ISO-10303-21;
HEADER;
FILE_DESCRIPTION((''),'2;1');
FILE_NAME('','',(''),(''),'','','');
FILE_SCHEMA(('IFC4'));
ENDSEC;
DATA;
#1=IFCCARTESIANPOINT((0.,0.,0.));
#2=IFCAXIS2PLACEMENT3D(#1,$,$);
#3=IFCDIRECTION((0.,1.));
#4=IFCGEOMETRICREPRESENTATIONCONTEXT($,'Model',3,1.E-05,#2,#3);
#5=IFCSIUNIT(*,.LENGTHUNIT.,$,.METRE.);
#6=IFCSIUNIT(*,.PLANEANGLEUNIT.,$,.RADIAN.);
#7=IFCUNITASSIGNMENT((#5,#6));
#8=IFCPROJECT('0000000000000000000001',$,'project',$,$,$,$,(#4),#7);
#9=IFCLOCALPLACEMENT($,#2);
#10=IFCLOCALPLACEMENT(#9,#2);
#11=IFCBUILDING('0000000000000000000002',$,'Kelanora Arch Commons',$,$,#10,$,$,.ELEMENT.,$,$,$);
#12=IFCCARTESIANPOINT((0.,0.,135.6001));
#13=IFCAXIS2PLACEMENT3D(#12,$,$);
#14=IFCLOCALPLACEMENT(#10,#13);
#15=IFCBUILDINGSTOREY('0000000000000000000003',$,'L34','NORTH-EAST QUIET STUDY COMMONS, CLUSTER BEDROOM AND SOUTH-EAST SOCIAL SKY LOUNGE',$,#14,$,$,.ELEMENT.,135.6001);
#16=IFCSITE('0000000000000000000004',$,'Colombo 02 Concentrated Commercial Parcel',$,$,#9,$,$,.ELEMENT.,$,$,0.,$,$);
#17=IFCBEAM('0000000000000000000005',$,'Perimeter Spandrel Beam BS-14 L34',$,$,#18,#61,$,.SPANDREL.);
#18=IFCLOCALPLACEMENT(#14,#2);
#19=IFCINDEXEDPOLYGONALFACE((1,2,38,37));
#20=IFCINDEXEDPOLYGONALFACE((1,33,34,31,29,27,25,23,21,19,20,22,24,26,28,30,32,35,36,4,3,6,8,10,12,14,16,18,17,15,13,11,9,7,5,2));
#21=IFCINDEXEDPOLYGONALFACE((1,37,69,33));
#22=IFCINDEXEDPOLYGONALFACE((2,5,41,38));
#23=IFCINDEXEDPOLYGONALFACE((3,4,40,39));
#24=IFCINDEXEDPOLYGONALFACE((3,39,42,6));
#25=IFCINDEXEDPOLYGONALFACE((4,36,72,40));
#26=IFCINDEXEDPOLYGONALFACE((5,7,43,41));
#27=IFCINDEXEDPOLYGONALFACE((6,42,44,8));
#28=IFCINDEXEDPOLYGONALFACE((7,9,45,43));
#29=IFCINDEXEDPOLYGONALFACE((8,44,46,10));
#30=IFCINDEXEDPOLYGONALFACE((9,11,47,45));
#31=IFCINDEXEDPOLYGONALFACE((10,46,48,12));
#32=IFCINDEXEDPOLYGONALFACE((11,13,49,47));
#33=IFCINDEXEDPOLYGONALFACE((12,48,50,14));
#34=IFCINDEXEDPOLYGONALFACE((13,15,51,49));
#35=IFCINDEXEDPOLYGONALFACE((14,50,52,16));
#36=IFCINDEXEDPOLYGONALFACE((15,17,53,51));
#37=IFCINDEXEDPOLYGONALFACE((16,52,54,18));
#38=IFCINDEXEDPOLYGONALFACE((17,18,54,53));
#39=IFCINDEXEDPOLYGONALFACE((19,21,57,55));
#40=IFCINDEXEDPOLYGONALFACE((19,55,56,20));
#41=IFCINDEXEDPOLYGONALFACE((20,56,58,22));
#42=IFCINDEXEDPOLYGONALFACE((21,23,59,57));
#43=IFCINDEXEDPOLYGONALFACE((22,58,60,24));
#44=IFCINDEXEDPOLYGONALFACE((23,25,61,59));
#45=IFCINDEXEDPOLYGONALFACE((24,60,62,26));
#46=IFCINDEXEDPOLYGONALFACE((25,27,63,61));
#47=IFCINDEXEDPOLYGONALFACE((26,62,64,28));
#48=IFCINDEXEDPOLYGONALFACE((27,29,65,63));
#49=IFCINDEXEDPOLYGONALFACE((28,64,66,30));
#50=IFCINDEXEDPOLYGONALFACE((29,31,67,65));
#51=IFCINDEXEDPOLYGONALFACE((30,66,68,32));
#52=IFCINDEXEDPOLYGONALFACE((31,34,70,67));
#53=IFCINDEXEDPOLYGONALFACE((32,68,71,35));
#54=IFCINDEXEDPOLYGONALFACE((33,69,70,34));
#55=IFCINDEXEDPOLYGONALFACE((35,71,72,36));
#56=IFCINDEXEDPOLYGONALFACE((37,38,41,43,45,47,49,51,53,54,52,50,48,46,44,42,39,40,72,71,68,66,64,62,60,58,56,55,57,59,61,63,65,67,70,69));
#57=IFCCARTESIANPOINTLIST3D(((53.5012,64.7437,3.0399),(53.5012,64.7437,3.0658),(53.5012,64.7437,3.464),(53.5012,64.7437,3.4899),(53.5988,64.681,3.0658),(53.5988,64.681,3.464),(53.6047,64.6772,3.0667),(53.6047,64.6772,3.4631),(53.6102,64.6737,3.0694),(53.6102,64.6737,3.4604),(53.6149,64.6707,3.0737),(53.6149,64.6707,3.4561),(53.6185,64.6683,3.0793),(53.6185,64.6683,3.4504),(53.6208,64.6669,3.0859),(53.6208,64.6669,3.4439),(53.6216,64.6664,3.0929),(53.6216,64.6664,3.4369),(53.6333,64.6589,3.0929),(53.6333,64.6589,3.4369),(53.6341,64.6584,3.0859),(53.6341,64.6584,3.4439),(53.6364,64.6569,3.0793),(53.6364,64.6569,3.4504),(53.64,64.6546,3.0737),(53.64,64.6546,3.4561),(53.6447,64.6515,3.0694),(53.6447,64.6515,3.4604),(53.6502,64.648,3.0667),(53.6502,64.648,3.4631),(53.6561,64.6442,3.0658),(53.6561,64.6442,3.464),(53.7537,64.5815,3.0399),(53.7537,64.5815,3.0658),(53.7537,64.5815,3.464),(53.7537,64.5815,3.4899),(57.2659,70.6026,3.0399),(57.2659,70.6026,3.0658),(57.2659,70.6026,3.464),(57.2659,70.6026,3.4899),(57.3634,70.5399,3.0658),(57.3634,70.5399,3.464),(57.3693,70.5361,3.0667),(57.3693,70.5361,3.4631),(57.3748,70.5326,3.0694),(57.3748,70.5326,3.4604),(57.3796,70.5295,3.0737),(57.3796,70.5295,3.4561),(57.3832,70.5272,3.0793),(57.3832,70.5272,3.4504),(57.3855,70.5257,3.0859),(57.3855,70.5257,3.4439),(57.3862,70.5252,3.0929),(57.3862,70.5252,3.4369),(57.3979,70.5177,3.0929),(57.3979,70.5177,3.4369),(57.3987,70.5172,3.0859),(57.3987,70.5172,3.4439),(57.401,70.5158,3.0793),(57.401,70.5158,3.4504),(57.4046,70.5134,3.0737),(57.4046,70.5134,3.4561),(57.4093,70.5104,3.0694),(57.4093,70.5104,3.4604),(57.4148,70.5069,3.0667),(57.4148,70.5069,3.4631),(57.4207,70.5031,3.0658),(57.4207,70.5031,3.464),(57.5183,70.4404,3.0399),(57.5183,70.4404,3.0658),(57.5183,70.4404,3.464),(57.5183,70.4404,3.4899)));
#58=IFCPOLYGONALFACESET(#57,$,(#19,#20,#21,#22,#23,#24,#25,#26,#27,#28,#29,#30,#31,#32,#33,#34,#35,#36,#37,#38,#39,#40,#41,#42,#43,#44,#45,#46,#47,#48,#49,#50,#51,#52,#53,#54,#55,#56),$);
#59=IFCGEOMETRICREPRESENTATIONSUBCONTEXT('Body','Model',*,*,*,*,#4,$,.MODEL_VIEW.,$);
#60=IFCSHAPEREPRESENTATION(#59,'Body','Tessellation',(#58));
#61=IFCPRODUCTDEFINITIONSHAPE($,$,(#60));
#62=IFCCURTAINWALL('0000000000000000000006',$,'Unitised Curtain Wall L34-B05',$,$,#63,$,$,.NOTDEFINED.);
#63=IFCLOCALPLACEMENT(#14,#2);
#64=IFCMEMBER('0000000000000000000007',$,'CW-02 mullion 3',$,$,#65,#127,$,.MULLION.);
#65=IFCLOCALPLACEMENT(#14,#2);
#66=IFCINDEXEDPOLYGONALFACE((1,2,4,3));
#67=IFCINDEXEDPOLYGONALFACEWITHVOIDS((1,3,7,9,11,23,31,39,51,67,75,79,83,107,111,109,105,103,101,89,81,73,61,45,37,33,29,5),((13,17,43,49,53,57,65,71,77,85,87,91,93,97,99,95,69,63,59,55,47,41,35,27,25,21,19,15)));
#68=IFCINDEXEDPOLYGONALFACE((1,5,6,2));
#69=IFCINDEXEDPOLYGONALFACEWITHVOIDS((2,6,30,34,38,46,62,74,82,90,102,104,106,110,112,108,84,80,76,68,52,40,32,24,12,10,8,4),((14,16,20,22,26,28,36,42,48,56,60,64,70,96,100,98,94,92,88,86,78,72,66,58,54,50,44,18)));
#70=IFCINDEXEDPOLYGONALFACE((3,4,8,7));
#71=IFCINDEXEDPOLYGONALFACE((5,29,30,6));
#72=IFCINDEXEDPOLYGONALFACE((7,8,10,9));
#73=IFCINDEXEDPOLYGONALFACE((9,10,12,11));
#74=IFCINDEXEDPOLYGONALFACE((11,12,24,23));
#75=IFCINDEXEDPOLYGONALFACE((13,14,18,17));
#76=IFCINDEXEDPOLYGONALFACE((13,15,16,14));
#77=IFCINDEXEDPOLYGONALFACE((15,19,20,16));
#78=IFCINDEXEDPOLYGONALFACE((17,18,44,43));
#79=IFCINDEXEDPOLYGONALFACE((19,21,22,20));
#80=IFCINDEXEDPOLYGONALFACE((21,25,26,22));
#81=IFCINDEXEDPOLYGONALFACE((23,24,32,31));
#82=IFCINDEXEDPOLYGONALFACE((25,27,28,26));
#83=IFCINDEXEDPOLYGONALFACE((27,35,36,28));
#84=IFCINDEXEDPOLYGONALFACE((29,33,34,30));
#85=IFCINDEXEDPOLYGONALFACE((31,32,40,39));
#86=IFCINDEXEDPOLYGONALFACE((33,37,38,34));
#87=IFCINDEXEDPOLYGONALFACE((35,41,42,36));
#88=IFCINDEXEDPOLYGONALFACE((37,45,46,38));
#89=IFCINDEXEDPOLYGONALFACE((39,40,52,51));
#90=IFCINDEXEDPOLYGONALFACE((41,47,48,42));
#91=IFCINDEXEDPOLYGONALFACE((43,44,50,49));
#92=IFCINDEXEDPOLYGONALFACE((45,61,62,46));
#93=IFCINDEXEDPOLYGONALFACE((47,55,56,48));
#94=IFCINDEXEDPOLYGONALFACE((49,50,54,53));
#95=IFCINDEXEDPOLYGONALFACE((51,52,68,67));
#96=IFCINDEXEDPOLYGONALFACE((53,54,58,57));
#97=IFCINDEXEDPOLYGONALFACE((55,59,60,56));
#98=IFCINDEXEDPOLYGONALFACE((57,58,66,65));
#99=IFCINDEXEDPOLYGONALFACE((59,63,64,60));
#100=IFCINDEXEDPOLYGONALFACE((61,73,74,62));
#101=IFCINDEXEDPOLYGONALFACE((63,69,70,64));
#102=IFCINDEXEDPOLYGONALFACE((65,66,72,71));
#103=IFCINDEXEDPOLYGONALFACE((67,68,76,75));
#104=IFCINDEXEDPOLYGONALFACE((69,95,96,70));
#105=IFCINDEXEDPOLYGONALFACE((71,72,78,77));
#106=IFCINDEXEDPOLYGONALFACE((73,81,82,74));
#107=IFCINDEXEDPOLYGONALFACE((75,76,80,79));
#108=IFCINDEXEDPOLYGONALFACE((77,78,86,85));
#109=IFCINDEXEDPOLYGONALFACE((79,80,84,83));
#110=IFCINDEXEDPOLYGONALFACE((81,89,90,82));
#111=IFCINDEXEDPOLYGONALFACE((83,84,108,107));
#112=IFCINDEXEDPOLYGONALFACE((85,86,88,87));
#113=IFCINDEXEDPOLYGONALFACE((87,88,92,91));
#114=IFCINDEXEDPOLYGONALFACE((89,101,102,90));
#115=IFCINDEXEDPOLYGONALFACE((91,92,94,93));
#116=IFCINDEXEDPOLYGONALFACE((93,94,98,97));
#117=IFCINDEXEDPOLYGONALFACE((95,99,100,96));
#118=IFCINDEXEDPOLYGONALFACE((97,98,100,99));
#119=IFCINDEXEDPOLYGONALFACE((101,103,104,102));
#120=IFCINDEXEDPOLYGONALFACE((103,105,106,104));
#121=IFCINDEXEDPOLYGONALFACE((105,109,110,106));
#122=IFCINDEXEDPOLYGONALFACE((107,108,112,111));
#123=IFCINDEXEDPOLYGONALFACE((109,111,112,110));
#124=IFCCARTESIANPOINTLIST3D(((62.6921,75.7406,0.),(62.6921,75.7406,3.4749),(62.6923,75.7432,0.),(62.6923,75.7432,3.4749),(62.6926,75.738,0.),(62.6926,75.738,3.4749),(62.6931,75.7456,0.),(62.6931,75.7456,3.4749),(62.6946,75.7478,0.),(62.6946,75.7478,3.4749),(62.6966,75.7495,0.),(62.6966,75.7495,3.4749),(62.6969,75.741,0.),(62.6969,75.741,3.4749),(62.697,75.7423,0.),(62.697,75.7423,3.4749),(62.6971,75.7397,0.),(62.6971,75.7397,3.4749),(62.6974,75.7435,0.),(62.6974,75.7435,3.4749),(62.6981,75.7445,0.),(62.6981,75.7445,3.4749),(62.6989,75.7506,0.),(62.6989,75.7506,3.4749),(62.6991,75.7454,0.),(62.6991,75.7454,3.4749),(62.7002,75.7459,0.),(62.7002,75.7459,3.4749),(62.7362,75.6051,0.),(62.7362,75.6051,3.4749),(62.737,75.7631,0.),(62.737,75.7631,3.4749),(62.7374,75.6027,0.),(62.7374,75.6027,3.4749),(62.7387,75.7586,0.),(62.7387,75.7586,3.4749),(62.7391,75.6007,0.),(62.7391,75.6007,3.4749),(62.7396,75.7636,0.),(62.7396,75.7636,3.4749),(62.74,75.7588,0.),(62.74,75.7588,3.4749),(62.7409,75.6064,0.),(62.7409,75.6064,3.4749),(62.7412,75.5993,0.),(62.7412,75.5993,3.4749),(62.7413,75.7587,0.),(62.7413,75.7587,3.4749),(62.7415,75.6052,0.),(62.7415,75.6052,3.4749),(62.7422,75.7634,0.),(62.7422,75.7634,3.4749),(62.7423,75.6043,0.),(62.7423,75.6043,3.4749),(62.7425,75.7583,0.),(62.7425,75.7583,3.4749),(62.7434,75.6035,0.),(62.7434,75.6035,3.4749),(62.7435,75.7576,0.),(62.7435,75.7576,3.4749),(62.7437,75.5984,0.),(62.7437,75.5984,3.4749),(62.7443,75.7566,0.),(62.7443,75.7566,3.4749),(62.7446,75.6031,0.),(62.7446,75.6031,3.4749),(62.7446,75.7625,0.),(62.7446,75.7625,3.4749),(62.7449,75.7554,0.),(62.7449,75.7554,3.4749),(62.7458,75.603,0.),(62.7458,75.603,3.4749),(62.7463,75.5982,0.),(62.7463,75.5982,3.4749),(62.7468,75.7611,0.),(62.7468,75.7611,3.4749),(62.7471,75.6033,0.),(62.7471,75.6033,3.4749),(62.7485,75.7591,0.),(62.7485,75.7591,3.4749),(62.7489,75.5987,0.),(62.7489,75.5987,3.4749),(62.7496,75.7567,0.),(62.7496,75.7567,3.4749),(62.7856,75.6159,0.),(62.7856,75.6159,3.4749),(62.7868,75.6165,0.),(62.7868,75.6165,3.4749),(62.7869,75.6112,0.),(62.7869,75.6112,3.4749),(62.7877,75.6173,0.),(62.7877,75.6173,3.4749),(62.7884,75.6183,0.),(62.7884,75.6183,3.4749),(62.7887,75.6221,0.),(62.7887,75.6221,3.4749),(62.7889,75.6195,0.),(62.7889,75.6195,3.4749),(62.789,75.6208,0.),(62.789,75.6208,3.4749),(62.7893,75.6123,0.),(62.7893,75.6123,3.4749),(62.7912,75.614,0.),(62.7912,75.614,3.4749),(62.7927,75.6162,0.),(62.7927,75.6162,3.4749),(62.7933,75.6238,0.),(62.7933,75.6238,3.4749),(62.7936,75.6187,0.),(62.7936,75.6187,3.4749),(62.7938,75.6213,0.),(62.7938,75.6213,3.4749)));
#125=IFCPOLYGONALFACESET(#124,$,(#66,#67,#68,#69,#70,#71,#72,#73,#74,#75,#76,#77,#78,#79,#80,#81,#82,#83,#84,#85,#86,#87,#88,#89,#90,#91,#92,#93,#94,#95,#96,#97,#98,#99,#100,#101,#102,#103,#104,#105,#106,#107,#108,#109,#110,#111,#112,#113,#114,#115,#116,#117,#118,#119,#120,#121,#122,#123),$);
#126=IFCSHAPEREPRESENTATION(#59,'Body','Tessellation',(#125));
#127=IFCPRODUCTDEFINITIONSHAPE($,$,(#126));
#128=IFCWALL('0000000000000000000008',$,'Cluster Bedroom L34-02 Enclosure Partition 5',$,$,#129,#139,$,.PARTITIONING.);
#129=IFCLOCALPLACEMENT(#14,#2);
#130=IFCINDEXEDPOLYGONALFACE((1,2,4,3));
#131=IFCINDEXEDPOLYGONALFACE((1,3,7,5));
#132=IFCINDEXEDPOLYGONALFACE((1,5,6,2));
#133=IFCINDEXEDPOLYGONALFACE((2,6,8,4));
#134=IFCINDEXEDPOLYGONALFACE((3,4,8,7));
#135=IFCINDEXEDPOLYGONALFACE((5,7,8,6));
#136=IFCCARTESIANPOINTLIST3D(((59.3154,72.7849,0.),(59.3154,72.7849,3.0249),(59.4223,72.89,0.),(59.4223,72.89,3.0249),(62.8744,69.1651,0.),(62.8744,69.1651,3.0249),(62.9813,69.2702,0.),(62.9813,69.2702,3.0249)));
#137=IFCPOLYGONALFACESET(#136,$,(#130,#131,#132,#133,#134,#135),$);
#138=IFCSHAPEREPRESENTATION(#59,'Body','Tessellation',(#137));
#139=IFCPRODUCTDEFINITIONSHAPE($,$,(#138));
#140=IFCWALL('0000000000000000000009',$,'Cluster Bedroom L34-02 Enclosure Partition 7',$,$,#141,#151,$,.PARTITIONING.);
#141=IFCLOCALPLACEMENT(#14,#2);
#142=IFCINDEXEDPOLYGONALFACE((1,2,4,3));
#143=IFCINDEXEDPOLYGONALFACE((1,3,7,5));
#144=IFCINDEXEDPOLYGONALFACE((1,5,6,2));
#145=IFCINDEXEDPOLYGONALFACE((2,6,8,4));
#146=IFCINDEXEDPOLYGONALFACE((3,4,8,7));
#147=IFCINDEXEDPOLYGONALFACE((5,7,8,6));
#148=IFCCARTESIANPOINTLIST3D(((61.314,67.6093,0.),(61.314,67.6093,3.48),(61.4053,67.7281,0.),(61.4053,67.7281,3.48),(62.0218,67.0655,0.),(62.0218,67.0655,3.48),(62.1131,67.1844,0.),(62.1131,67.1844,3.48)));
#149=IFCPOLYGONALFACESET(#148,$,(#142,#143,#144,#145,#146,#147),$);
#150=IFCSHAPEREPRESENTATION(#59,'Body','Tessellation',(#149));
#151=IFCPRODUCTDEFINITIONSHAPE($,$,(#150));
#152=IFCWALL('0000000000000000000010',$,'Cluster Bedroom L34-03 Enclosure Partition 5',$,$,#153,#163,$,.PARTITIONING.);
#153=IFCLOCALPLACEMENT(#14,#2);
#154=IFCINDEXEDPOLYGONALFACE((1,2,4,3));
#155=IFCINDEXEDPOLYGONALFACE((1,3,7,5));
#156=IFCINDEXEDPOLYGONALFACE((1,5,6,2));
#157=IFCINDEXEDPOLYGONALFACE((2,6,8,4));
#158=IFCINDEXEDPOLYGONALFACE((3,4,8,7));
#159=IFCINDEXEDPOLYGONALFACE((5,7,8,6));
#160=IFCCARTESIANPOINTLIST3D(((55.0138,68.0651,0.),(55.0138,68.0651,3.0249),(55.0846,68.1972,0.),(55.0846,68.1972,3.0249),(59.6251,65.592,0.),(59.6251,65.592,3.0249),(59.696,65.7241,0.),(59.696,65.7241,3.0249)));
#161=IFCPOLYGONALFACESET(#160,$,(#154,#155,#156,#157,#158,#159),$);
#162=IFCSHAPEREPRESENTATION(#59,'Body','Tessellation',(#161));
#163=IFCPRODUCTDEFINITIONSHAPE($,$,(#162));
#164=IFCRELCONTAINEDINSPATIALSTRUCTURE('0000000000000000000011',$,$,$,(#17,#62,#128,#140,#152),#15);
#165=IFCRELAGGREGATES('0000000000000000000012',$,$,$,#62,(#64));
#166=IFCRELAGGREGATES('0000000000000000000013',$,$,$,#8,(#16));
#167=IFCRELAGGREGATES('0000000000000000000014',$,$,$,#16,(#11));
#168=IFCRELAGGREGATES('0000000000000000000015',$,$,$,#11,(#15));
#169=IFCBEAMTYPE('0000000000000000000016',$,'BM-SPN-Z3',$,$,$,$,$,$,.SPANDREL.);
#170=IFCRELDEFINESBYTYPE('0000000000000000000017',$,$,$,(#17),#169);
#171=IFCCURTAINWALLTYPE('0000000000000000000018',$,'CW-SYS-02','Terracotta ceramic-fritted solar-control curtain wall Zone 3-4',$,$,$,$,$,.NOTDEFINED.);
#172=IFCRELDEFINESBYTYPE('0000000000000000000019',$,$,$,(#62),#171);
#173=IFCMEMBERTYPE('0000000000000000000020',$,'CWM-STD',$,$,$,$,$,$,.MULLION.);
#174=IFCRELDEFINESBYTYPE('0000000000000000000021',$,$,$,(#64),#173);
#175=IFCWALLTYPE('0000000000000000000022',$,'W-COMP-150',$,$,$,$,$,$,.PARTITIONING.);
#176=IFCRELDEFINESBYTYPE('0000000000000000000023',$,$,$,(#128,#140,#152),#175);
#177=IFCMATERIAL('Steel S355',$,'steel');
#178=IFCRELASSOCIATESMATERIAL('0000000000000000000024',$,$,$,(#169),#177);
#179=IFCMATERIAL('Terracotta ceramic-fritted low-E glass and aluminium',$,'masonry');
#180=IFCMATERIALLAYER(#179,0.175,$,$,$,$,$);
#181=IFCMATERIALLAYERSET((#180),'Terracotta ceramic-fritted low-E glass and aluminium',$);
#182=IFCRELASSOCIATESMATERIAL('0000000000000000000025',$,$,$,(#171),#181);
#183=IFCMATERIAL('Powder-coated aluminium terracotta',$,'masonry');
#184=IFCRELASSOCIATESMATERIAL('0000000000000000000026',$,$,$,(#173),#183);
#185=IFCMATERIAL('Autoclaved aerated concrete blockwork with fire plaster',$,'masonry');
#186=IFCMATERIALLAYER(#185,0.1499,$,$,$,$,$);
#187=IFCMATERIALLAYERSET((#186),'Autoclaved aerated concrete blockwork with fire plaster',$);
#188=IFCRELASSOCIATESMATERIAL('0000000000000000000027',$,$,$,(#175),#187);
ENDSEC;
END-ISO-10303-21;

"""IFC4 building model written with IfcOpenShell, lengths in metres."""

from ifc_helpers import new_model, si_unit, direction, frame, frame_2d, origin, origin_2d, place, context, subcontext, project, spatial, rectangle, hollow_rectangle, i_section, extrude, material, layer, layer_set, material_profile, profile_set, type_object, element, aggregate, save


model = new_model("IFC4")

# Units and contexts
model_context = context("Model", 3, precision=1e-05, world=origin(), true_north=direction((0.0, 1.0)))
body_context = subcontext(model_context, "Body", "Model", "MODEL_VIEW")
ifc_project = project(units=[si_unit("LENGTHUNIT", "METRE"), si_unit("PLANEANGLEUNIT", "RADIAN")], contexts=[model_context])

# Site, building, storey
site_placement = place(None, origin())
site = spatial("IfcSite", under=ifc_project, at=site_placement, Name="Colombo 02 Concentrated Commercial Parcel", CompositionType="ELEMENT", RefElevation=0.0)
building_placement = place(site_placement, origin())
building = spatial("IfcBuilding", under=site, at=building_placement, Name="Kelanora Arch Commons", CompositionType="ELEMENT")
storey_placement = place(building_placement, frame((0.0, 0.0, 135.6001)))
storey = spatial("IfcBuildingStorey", under=building, at=storey_placement, Name="L34", Description="NORTH-EAST QUIET STUDY COMMONS, CLUSTER BEDROOM AND SOUTH-EAST SOCIAL SKY LOUNGE", CompositionType="ELEMENT", Elevation=135.6001)

# Beam
ifc_material_1 = material(Name="Steel S355", Category="steel")
ifc_material_profile_1 = material_profile(ifc_material_1, i_section(OverallWidth=0.3, OverallDepth=0.45, WebThickness=0.0139, FlangeThickness=0.0259, FilletRadius=0.0271, at=origin_2d()), Name="HEB450")
ifc_profile_set_1 = profile_set([ifc_material_profile_1], Name="Steel S355")
beam_type_1 = type_object("IfcBeamType", Name="BM-SPN-Z3", PredefinedType="SPANDREL", material=ifc_profile_set_1)
beam_1_placement = place(storey_placement, frame((57.3921, 70.5215, 3.2649), z_axis=(-0.540577, -0.841295, 0.0), x_axis=(0.841295, -0.540577, 0.0)))
element("IfcBeam", 1, at=beam_1_placement, inside=storey, type_object=beam_type_1, Name="Perimeter Spandrel Beam BS-14 L34", PredefinedType="SPANDREL", context=body_context, shape_type="SweptSolid", body=[
    extrude(i_section(OverallWidth=0.3, OverallDepth=0.45, WebThickness=0.0139, FlangeThickness=0.0259, FilletRadius=0.0271, at=origin_2d()), origin(), (0.0, 0.0, 1.0), 6.9641),
])

# Curtain wall, member
ifc_material_2 = material(Name="Terracotta ceramic-fritted low-E glass and aluminium", Category="masonry")
ifc_layer_1 = layer(ifc_material_2, 0.175)
ifc_layer_set_1 = layer_set([ifc_layer_1], Name="Terracotta ceramic-fritted low-E glass and aluminium")
curtain_wall_type = type_object("IfcCurtainWallType", Name="CW-SYS-02", Description="Terracotta ceramic-fritted solar-control curtain wall Zone 3-4", PredefinedType="NOTDEFINED", material=ifc_layer_set_1)
curtain_wall_placement = place(storey_placement, origin())
curtain_wall = element("IfcCurtainWall", 2, at=curtain_wall_placement, inside=storey, type_object=curtain_wall_type, Name="Unitised Curtain Wall L34-B05", PredefinedType="NOTDEFINED")
ifc_material_3 = material(Name="Powder-coated aluminium terracotta", Category="masonry")
ifc_material_profile_2 = material_profile(ifc_material_3, hollow_rectangle(XDim=0.1599, YDim=0.0601, WallThickness=0.0049, InnerFilletRadius=0.0049, OuterFilletRadius=0.01, at=origin_2d()), Name="CWM160x60")
ifc_profile_set_2 = profile_set([ifc_material_profile_2], Name="Powder-coated aluminium terracotta")
member_type = type_object("IfcMemberType", Name="CWM-STD", PredefinedType="MULLION", material=ifc_profile_set_2)
member_placement = place(storey_placement, frame((62.7429, 75.6809, 0.0), z_axis=(0.0, 0.0, 1.0), x_axis=(0.312128, -0.95004, 0.0)))
member = element("IfcMember", 3, at=member_placement, type_object=member_type, Name="CW-02 mullion 3", PredefinedType="MULLION", context=body_context, shape_type="SweptSolid", body=[
    extrude(hollow_rectangle(XDim=0.1599, YDim=0.0601, WallThickness=0.0049, InnerFilletRadius=0.0049, OuterFilletRadius=0.01, at=origin_2d()), origin(), (0.0, 0.0, 1.0), 3.4749),
])
aggregate(curtain_wall, [member])

# Walls
ifc_material_4 = material(Name="Autoclaved aerated concrete blockwork with fire plaster", Category="masonry")
ifc_layer_2 = layer(ifc_material_4, 0.1499)
ifc_layer_set_2 = layer_set([ifc_layer_2], Name="Autoclaved aerated concrete blockwork with fire plaster")
wall_type_1 = type_object("IfcWallType", Name="W-COMP-150", PredefinedType="PARTITIONING", material=ifc_layer_set_2)
wall_1_placement = place(storey_placement, frame((59.3689, 72.8374, 0.0), z_axis=(0.0, 0.0, 1.0), x_axis=(0.701094, -0.713069, 0.0)))
element("IfcWall", 4, at=wall_1_placement, inside=storey, type_object=wall_type_1, Name="Cluster Bedroom L34-02 Enclosure Partition 5", PredefinedType="PARTITIONING", context=body_context, shape_type="SweptSolid", body=[
    extrude(rectangle(XDim=5.0764, YDim=0.1499, at=frame_2d((2.5381, 0.0))), origin(), (0.0, 0.0, 1.0), 3.0249),
])
wall_2_placement = place(storey_placement, frame((61.3596, 67.6687, 0.0), z_axis=(0.0, 0.0, 1.0), x_axis=(0.79302, -0.609195, 0.0)))
element("IfcWall", 5, at=wall_2_placement, inside=storey, type_object=wall_type_1, Name="Cluster Bedroom L34-02 Enclosure Partition 7", PredefinedType="PARTITIONING", context=body_context, shape_type="SweptSolid", body=[
    extrude(rectangle(XDim=0.8926, YDim=0.1499, at=frame_2d((0.4463, 0.0))), origin(), (0.0, 0.0, 1.0), 3.48),
])
wall_3_placement = place(storey_placement, frame((55.0493, 68.1311, 0.0), z_axis=(0.0, 0.0, 1.0), x_axis=(0.881258, -0.472636, 0.0)))
element("IfcWall", 6, at=wall_3_placement, inside=storey, type_object=wall_type_1, Name="Cluster Bedroom L34-03 Enclosure Partition 5", PredefinedType="PARTITIONING", context=body_context, shape_type="SweptSolid", body=[
    extrude(rectangle(XDim=5.2327, YDim=0.1499, at=frame_2d((2.6162, 0.0))), origin(), (0.0, 0.0, 1.0), 3.0249),
])

save(model, "model.ifc")
